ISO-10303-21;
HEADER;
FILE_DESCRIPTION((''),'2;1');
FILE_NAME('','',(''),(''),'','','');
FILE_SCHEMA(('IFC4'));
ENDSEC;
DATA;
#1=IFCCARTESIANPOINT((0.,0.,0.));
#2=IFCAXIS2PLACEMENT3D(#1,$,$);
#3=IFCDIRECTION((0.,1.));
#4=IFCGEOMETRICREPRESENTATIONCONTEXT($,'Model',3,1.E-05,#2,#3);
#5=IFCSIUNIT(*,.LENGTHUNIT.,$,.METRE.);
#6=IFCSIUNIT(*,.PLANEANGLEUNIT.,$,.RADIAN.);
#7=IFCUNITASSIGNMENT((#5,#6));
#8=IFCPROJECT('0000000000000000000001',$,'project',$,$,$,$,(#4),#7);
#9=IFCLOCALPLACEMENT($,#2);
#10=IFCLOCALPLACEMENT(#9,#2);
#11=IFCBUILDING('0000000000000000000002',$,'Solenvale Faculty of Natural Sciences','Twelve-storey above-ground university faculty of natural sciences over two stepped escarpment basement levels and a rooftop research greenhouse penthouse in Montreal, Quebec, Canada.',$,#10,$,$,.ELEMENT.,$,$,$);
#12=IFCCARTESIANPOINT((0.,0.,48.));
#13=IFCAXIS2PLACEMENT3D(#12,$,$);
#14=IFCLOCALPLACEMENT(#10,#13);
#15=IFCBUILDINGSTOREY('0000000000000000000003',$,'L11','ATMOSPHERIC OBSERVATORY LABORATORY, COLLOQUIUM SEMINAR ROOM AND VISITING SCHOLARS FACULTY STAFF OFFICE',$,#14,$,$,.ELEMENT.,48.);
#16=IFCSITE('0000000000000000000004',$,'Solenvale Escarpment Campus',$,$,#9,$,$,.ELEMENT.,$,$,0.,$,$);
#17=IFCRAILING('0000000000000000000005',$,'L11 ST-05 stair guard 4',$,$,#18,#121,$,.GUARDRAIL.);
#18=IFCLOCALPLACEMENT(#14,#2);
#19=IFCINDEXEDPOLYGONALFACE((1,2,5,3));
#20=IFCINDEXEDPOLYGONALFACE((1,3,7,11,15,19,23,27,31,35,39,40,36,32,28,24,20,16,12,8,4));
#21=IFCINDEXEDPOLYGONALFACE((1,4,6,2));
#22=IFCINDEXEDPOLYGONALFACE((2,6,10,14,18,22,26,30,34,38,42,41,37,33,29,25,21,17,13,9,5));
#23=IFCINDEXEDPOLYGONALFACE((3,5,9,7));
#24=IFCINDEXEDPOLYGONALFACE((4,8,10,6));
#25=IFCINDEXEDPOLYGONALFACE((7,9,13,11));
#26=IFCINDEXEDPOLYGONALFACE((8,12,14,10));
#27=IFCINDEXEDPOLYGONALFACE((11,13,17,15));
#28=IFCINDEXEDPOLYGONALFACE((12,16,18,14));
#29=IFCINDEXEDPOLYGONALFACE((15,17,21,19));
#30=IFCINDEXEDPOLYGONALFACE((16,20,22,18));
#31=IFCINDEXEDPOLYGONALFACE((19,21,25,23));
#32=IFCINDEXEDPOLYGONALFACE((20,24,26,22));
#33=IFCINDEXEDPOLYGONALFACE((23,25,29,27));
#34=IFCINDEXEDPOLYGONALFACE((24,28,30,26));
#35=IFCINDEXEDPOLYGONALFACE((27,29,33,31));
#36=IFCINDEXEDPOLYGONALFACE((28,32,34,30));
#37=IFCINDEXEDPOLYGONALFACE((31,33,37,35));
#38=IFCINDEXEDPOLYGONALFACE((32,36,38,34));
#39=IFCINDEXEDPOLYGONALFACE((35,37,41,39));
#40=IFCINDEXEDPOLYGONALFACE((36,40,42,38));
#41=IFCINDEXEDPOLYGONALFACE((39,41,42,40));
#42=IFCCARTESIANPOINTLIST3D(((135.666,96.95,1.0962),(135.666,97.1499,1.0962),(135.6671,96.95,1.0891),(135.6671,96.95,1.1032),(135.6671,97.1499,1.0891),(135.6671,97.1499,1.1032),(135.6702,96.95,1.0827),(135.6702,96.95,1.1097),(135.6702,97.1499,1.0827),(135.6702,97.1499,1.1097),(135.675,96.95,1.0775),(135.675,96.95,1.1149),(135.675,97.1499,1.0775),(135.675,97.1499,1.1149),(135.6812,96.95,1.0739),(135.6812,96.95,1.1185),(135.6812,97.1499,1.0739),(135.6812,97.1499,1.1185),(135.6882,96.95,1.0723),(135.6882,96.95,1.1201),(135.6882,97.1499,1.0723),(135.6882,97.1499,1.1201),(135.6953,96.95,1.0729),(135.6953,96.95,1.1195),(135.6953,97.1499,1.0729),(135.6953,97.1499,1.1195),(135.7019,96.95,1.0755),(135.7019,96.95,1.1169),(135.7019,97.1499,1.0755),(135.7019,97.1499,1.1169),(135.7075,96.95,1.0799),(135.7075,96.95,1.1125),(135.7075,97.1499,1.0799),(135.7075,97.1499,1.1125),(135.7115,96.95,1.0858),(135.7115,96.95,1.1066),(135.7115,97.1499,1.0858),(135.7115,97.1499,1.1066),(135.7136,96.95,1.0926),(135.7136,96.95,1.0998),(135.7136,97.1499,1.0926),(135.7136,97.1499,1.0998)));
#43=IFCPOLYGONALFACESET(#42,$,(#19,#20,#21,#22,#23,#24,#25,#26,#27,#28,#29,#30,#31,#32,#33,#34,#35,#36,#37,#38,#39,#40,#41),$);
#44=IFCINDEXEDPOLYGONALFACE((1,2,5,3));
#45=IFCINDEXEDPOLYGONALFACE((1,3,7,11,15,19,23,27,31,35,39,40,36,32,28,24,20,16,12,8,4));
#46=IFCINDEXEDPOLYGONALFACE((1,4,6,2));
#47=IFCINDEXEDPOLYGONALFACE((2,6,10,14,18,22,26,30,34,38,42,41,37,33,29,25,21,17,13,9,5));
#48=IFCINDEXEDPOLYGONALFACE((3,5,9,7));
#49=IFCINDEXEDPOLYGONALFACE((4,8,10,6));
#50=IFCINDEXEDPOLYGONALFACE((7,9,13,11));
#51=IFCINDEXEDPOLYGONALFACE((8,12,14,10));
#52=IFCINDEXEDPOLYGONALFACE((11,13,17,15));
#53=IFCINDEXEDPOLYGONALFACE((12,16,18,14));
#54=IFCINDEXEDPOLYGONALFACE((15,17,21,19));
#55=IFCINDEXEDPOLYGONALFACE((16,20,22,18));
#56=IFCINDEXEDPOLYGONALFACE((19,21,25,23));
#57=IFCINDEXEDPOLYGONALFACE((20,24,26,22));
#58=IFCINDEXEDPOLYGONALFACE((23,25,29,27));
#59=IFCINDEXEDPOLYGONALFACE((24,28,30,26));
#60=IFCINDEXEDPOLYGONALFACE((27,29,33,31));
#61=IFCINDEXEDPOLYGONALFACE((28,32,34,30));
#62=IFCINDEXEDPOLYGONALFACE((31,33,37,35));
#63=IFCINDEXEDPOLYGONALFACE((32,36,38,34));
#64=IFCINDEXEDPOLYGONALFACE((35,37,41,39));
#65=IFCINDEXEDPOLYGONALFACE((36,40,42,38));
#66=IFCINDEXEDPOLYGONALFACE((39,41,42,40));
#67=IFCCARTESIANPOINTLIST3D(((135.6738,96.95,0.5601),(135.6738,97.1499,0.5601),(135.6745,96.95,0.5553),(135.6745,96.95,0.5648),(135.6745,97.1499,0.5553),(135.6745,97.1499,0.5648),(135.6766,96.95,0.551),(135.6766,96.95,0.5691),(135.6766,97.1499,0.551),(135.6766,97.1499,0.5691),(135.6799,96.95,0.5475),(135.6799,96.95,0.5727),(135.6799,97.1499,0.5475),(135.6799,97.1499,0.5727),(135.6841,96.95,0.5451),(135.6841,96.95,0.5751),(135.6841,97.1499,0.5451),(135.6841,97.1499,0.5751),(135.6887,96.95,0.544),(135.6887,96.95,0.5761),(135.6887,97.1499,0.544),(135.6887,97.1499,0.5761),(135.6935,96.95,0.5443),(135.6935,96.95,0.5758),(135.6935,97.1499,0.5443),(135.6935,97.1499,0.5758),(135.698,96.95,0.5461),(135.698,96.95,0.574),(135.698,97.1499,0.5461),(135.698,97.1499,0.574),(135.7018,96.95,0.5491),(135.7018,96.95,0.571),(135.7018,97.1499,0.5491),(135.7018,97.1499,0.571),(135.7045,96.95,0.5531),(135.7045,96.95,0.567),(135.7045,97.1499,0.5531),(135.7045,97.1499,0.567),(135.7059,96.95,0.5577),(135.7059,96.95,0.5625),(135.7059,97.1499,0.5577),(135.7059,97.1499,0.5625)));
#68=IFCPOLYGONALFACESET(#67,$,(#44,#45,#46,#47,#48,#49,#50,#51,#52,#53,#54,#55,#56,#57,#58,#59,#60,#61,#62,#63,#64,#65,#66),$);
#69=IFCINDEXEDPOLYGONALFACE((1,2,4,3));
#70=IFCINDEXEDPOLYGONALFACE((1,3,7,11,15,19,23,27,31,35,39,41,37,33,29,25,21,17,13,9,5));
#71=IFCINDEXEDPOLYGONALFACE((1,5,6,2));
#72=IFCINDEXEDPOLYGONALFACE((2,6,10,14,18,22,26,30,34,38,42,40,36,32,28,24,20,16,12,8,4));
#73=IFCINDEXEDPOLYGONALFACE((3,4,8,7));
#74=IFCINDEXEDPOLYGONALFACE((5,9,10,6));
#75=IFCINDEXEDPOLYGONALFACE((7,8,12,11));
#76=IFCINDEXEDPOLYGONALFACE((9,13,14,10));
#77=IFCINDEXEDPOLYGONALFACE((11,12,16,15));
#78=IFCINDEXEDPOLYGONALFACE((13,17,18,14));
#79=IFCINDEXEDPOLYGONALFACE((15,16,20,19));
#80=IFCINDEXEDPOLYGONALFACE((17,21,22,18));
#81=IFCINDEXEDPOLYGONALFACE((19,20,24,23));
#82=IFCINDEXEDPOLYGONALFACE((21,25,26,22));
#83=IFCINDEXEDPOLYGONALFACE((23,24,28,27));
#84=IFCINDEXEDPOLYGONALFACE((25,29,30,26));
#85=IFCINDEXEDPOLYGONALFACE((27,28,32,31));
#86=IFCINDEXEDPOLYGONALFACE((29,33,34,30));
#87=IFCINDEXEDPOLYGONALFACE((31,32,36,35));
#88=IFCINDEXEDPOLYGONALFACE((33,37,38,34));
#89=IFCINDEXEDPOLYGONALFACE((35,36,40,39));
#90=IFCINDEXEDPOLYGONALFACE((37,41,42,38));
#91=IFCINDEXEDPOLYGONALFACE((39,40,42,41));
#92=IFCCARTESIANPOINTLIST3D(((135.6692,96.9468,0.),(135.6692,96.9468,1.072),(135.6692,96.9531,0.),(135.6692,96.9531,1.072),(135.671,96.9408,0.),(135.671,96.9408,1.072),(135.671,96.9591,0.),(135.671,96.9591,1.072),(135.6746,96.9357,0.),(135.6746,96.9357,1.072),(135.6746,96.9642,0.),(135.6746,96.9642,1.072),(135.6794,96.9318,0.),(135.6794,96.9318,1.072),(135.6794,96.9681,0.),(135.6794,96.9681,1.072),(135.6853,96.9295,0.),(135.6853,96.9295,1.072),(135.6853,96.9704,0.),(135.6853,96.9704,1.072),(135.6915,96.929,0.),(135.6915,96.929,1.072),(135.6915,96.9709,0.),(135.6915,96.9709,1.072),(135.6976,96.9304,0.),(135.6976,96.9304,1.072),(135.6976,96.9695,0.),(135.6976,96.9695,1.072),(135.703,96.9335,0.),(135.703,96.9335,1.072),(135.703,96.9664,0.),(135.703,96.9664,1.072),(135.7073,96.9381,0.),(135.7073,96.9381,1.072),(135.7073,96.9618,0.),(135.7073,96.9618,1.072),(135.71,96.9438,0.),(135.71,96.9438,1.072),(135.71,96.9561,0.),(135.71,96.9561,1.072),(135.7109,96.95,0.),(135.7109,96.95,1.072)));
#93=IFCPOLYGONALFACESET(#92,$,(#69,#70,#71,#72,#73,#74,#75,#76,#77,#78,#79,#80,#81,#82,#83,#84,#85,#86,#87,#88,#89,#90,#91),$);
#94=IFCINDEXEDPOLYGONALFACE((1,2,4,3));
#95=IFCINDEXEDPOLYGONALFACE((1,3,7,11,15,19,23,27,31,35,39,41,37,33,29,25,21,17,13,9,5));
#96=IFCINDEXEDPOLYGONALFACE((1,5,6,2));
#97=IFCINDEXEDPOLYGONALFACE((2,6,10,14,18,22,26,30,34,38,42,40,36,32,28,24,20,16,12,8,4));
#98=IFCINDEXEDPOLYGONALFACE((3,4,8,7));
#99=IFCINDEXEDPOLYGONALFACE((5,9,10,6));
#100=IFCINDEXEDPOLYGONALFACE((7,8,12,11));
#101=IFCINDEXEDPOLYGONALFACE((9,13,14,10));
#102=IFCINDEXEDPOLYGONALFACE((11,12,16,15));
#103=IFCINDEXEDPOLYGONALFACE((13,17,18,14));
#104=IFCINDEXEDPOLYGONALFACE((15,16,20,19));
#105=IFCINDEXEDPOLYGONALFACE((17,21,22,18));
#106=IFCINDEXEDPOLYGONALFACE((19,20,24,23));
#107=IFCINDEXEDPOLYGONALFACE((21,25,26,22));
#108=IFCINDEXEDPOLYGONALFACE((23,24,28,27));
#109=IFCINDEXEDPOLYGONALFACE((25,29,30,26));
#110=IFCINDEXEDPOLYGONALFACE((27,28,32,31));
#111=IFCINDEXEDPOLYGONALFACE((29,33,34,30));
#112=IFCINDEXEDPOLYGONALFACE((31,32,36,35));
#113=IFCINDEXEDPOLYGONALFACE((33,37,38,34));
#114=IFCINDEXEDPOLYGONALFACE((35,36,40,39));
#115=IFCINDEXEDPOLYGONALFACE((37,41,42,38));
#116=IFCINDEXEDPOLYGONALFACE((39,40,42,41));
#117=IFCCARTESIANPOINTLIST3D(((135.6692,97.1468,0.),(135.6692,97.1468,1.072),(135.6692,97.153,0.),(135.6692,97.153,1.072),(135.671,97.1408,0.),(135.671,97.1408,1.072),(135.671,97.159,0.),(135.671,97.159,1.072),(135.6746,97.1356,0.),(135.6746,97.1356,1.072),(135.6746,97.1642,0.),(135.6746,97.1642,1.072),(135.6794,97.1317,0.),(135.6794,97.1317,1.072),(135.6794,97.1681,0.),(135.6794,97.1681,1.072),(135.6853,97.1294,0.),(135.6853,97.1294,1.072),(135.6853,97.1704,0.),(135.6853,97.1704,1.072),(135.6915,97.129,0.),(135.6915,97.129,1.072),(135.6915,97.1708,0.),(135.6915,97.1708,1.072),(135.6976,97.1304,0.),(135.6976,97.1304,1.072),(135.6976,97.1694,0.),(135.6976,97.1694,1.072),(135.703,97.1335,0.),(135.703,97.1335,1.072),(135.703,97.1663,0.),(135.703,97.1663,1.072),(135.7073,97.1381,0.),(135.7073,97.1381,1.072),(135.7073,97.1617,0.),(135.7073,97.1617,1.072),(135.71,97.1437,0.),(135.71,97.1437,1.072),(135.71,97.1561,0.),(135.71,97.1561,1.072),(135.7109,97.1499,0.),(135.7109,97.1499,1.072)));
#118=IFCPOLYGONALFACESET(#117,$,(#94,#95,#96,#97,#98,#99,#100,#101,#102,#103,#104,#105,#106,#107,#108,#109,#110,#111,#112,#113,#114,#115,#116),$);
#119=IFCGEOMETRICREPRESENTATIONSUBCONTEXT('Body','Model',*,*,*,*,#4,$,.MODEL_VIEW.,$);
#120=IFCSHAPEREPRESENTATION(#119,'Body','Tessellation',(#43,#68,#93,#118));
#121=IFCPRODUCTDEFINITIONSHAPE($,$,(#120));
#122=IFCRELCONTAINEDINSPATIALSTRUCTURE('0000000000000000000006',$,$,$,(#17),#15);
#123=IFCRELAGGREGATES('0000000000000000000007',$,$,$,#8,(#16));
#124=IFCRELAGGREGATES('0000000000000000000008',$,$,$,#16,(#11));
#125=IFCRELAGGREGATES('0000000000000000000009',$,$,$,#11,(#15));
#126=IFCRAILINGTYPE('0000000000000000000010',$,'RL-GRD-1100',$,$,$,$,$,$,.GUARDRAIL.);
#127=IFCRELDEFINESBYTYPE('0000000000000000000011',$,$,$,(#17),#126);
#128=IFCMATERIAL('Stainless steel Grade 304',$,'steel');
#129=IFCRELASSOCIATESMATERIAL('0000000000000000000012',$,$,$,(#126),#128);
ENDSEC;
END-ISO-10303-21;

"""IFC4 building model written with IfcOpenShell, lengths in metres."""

from ifc_helpers import new_model, si_unit, direction, frame, origin, origin_2d, place, context, subcontext, project, spatial, circle, extrude, material, type_object, element, save


model = new_model("IFC4")

# Units and contexts
model_context = context("Model", 3, precision=1e-05, world=origin(), true_north=direction((0.0, 1.0)))
body_context = subcontext(model_context, "Body", "Model", "MODEL_VIEW")
ifc_project = project(units=[si_unit("LENGTHUNIT", "METRE"), si_unit("PLANEANGLEUNIT", "RADIAN")], contexts=[model_context])

# Site, building, storey
site_placement = place(None, origin())
site = spatial("IfcSite", under=ifc_project, at=site_placement, Name="Solenvale Escarpment Campus", CompositionType="ELEMENT", RefElevation=0.0)
building_placement = place(site_placement, origin())
building = spatial("IfcBuilding", under=site, at=building_placement, Name="Solenvale Faculty of Natural Sciences", Description="Twelve-storey above-ground university faculty of natural sciences over two stepped escarpment basement levels and a rooftop research greenhouse penthouse in Montreal, Quebec, Canada.", CompositionType="ELEMENT")
storey_placement = place(building_placement, frame((0.0, 0.0, 48.0)))
storey = spatial("IfcBuildingStorey", under=building, at=storey_placement, Name="L11", Description="ATMOSPHERIC OBSERVATORY LABORATORY, COLLOQUIUM SEMINAR ROOM AND VISITING SCHOLARS FACULTY STAFF OFFICE", CompositionType="ELEMENT", Elevation=48.0)

# Railing
ifc_material_1 = material(Name="Stainless steel Grade 304", Category="steel")
railing_type_1 = type_object("IfcRailingType", Name="RL-GRD-1100", PredefinedType="GUARDRAIL", material=ifc_material_1)
railing_1_placement = place(storey_placement, frame((135.6899, 96.95, 0.0)))
element("IfcRailing", 1, at=railing_1_placement, inside=storey, type_object=railing_type_1, Name="L11 ST-05 stair guard 4", PredefinedType="GUARDRAIL", context=body_context, shape_type="SweptSolid", body=[
    extrude(circle(Radius=0.0239, at=origin_2d()), frame((0.0, 0.0, 1.0962), z_axis=(0.0, 1.0, 0.0), x_axis=(-1.0, 0.0, 0.0)), (0.0, 0.0, 1.0), 0.2),
    extrude(circle(Radius=0.0161, at=origin_2d()), frame((0.0, 0.0, 0.5601), z_axis=(0.0, 1.0, 0.0), x_axis=(-1.0, 0.0, 0.0)), (0.0, 0.0, 1.0), 0.2),
    extrude(circle(Radius=0.021, at=origin_2d()), origin(), (0.0, 0.0, 1.0), 1.072),
    extrude(circle(Radius=0.021, at=origin_2d()), frame((0.0, 0.2, 0.0)), (0.0, 0.0, 1.0), 1.072),
])

save(model, "model.ifc")
